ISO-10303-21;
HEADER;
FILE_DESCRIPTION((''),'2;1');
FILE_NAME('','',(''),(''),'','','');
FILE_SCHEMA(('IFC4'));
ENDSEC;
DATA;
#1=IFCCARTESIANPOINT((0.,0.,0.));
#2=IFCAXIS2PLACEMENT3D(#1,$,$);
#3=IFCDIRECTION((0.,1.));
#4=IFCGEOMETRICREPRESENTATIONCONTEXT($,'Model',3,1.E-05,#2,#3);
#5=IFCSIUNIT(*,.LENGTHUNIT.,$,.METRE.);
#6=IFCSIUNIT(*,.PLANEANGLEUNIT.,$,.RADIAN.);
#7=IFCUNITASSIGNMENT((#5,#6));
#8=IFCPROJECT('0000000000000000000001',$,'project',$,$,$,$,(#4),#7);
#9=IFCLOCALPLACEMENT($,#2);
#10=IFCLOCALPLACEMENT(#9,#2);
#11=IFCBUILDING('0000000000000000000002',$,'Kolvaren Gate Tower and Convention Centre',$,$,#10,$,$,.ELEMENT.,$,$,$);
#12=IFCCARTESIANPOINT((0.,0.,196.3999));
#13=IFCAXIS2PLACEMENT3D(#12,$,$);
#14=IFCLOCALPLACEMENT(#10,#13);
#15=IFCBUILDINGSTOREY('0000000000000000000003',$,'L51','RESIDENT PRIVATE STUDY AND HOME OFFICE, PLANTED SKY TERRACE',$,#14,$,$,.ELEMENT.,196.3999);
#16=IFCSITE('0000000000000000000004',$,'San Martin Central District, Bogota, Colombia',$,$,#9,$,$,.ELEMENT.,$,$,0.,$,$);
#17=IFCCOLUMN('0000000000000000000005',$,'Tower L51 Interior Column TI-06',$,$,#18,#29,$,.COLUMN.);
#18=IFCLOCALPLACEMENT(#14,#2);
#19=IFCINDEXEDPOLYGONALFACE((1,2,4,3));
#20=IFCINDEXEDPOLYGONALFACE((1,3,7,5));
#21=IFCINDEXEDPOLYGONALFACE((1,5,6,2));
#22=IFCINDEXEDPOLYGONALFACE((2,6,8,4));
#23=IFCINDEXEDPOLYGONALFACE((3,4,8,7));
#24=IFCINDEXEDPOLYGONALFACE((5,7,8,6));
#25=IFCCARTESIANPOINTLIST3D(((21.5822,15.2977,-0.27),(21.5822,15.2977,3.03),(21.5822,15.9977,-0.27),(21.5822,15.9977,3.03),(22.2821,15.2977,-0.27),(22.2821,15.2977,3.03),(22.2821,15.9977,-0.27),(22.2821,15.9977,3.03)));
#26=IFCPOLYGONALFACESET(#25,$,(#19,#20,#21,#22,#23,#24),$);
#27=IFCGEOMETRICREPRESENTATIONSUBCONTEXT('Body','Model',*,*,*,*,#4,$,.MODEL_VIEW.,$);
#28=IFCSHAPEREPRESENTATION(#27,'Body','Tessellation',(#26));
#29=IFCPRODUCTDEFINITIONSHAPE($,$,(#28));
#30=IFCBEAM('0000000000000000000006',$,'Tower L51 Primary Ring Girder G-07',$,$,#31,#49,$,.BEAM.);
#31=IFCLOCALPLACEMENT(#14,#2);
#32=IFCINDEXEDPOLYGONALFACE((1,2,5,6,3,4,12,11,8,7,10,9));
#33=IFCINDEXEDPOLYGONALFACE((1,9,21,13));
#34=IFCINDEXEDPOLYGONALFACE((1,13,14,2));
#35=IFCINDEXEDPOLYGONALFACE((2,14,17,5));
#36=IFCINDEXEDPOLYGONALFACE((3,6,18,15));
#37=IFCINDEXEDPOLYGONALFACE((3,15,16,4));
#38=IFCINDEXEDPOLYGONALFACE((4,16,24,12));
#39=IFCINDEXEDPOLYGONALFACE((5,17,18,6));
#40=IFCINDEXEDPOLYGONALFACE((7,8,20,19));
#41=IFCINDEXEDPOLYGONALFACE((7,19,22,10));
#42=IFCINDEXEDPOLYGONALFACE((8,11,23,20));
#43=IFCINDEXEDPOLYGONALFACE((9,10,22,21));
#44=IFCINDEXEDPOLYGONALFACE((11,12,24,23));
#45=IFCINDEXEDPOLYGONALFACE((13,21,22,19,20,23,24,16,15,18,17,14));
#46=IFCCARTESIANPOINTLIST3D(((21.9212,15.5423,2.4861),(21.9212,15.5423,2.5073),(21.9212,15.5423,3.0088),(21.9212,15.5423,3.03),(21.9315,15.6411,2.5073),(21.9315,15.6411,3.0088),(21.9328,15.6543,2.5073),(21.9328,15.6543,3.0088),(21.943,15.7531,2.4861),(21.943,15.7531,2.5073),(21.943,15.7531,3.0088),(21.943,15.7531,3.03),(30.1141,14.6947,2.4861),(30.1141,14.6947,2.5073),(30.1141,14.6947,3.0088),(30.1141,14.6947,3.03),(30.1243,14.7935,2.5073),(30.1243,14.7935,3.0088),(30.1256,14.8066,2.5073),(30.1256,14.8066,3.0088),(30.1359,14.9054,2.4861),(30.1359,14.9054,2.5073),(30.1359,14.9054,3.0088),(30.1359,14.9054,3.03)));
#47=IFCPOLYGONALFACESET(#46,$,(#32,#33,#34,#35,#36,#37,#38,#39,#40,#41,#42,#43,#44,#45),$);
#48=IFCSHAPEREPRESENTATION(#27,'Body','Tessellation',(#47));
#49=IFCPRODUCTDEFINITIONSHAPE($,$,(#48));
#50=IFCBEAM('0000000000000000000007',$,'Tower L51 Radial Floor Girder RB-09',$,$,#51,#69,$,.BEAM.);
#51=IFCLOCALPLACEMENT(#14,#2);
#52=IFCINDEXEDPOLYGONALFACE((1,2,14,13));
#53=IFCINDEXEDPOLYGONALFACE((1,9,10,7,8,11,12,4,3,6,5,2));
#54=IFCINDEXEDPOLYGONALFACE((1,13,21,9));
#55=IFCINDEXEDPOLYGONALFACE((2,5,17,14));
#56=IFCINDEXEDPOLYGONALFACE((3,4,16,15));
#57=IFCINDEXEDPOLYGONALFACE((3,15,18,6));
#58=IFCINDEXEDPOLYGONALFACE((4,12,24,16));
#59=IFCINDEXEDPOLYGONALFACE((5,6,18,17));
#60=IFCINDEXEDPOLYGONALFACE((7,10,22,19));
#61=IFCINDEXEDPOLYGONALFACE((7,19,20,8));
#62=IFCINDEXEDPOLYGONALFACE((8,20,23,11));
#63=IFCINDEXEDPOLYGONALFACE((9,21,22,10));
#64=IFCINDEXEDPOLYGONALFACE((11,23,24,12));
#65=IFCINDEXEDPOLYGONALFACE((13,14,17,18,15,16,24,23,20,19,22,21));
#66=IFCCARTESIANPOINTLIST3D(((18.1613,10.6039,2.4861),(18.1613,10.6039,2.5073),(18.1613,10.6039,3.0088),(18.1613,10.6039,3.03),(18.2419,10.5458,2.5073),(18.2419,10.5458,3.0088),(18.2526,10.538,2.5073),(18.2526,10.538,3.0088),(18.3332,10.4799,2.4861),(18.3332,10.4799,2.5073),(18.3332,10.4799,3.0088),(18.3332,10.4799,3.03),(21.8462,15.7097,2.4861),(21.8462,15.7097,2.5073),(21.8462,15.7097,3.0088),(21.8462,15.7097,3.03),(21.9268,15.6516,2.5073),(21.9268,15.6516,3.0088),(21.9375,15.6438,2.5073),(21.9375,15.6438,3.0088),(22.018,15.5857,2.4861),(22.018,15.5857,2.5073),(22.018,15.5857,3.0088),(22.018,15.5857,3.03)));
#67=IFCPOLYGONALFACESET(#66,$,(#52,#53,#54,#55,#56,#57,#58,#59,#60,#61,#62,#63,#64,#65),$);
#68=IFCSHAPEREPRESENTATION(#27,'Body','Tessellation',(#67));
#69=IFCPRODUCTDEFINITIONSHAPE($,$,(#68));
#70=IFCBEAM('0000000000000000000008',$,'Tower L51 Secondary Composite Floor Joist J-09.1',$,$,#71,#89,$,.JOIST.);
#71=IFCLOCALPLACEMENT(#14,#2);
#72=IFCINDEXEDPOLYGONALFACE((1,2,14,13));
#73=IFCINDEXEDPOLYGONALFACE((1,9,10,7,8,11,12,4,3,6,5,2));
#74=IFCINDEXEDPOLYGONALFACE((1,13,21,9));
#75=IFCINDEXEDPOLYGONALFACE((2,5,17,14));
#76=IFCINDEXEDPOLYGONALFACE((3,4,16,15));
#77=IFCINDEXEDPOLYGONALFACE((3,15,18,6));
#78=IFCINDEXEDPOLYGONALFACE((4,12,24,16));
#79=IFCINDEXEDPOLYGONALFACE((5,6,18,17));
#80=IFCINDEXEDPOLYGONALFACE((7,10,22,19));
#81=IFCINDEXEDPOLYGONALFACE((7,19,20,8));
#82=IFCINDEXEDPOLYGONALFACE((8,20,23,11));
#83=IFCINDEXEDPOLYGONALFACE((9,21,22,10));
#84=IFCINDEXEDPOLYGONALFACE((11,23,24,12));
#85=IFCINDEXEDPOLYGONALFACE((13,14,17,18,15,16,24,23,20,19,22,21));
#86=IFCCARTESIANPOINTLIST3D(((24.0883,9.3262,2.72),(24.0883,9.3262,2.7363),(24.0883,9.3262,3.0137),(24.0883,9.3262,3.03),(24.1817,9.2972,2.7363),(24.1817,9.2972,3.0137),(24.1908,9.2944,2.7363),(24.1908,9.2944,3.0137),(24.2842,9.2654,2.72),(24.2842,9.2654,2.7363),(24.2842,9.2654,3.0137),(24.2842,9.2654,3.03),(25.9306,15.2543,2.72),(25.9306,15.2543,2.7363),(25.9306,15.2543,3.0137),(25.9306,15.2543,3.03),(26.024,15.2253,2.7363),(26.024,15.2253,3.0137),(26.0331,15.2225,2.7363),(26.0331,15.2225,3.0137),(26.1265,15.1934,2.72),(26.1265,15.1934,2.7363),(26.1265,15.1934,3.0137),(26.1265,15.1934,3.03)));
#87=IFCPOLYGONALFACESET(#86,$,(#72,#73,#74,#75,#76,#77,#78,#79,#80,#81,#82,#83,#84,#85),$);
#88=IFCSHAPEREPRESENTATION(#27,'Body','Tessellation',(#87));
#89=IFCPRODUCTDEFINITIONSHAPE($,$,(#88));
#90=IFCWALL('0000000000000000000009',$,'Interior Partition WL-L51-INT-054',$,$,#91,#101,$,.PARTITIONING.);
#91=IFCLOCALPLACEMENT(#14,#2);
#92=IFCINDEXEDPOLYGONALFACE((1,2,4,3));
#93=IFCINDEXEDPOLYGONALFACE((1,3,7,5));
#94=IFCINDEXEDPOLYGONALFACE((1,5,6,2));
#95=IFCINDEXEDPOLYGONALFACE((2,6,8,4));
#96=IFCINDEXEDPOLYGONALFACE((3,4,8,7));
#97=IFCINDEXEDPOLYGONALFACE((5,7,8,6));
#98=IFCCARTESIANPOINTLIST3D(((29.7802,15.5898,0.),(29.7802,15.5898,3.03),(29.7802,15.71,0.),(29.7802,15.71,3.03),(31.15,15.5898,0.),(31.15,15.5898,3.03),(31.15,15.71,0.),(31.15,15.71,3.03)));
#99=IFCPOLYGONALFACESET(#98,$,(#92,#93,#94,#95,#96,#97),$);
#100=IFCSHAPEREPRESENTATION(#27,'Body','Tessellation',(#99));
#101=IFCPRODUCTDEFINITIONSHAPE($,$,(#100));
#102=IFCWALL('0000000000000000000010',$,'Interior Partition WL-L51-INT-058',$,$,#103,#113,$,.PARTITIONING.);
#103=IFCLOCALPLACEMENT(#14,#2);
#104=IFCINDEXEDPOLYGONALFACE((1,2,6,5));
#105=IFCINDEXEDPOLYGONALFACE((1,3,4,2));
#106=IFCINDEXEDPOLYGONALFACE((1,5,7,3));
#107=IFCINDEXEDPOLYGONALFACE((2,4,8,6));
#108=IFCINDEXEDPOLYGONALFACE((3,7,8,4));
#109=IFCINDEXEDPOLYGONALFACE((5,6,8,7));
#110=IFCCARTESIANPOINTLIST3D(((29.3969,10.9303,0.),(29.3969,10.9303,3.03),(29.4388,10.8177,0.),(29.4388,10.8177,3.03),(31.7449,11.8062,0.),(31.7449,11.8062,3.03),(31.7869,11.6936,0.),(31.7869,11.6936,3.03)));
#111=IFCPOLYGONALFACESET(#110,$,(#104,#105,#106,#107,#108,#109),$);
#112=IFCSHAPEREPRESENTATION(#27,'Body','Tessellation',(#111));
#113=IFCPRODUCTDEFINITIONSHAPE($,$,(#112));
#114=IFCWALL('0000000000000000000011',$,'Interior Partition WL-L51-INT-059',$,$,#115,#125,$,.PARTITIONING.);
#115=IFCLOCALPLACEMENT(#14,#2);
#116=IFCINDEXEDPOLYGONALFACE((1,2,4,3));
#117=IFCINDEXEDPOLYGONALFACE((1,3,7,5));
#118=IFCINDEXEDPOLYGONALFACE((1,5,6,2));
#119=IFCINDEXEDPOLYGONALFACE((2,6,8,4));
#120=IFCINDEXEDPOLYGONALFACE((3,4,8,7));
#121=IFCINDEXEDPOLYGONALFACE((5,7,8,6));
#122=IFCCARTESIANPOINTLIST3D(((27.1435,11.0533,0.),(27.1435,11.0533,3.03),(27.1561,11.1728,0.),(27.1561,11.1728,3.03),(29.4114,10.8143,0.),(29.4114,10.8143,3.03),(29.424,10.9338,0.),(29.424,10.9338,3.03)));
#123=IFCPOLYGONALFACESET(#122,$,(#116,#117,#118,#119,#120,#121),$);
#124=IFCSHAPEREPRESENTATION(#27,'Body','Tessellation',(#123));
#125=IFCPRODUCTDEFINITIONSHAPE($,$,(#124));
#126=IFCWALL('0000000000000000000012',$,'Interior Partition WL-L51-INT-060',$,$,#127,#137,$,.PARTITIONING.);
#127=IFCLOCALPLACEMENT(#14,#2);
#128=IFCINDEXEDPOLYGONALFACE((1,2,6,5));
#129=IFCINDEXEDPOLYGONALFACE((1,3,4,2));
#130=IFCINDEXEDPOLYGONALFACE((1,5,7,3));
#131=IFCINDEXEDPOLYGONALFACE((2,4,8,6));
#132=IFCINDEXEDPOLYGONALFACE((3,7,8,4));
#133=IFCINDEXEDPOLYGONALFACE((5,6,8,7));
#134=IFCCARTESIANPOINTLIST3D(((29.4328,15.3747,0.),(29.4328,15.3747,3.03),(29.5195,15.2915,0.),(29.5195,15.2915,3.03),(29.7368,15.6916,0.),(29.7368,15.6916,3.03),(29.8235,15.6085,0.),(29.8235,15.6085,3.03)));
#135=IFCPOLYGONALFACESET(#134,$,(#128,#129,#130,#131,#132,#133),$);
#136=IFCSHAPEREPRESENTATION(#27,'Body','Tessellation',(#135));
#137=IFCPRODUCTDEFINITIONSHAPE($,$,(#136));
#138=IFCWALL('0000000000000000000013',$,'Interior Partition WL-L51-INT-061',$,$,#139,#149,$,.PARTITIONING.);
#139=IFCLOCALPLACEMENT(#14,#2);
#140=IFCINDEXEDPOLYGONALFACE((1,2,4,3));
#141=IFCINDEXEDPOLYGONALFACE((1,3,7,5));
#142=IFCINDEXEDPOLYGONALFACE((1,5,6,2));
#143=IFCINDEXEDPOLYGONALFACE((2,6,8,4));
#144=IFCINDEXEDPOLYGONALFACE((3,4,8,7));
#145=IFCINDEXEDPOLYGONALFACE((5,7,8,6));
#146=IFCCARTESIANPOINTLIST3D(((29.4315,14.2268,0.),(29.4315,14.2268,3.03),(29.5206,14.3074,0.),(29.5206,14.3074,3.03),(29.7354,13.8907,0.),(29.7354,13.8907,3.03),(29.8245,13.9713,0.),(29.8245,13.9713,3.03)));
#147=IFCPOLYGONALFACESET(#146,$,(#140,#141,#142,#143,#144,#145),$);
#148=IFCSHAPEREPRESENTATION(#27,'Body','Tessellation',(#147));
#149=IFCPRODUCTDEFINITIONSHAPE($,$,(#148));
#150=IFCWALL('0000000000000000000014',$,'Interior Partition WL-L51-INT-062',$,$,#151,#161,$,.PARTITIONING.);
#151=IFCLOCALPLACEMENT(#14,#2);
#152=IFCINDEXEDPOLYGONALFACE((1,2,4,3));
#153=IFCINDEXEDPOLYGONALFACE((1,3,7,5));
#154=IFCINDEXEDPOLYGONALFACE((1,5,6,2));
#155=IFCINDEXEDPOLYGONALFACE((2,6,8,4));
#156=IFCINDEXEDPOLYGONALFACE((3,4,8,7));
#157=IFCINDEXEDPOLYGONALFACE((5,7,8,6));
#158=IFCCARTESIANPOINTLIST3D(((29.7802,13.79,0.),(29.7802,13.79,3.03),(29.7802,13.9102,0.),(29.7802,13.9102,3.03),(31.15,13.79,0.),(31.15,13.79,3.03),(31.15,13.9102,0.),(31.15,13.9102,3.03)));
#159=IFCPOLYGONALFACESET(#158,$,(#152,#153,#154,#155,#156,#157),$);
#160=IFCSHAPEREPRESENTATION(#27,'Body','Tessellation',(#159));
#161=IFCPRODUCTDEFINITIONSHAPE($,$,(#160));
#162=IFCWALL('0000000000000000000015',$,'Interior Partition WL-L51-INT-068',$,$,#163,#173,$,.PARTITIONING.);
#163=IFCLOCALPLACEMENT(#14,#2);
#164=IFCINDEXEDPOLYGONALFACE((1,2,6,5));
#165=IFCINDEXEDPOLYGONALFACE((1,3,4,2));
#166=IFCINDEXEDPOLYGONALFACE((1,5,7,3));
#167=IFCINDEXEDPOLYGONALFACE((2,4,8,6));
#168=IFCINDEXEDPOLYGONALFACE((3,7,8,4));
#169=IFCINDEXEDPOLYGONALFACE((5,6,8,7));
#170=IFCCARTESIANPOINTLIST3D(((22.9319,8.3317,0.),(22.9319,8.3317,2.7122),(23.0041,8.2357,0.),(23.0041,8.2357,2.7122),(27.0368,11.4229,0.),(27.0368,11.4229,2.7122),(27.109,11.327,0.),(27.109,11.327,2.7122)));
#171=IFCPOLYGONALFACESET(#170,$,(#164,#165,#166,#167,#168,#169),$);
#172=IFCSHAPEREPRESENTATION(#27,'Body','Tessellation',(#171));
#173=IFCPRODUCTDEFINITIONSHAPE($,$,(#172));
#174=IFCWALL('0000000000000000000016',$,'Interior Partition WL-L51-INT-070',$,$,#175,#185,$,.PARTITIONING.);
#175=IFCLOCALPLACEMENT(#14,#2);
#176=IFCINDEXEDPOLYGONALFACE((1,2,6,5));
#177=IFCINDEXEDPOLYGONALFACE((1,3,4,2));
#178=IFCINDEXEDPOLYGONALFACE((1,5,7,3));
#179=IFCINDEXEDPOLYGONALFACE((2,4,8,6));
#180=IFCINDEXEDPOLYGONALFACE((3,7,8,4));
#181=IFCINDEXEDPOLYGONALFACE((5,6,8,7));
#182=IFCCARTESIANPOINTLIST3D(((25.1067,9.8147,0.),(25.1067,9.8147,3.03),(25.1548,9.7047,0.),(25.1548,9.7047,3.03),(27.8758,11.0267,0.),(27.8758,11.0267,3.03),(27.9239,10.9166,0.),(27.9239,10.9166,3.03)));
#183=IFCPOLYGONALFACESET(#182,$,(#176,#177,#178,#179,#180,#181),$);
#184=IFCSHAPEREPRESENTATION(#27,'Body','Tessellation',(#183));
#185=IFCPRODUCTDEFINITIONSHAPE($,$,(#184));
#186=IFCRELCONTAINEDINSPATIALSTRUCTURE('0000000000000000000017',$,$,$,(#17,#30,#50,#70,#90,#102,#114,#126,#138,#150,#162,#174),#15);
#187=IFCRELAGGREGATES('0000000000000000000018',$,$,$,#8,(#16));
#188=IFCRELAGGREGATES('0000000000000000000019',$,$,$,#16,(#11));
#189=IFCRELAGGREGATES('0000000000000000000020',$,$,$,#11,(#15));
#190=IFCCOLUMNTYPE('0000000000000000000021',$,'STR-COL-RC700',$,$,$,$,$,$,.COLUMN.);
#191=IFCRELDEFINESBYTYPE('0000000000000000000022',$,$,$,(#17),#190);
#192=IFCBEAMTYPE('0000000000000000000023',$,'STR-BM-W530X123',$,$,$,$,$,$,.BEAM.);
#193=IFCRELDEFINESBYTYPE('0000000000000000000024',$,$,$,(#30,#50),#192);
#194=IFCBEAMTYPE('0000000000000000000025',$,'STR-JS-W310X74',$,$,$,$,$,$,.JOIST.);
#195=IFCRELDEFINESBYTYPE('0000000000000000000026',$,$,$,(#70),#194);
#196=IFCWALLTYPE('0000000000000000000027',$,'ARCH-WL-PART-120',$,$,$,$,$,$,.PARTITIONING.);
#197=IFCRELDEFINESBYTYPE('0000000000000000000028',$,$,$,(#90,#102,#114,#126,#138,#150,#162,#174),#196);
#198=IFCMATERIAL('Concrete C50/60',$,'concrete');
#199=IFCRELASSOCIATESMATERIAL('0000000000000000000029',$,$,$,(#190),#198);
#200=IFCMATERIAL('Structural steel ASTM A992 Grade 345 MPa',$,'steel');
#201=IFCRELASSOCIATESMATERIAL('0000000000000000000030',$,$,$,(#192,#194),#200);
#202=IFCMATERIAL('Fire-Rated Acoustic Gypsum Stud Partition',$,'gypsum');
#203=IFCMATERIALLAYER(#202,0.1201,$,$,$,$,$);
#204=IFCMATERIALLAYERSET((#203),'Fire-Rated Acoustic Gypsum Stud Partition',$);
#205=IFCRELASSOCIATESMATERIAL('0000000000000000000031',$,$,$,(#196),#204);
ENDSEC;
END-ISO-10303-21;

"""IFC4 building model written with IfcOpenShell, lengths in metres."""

from ifc_helpers import new_model, si_unit, direction, frame, frame_2d, origin, origin_2d, place, context, subcontext, project, spatial, rectangle, i_section, extrude, material, layer, layer_set, material_profile, profile_set, type_object, element, save


model = new_model("IFC4")

# Units and contexts
model_context = context("Model", 3, precision=1e-05, world=origin(), true_north=direction((0.0, 1.0)))
body_context = subcontext(model_context, "Body", "Model", "MODEL_VIEW")
ifc_project = project(units=[si_unit("LENGTHUNIT", "METRE"), si_unit("PLANEANGLEUNIT", "RADIAN")], contexts=[model_context])

# Site, building, storey
site_placement = place(None, origin())
site = spatial("IfcSite", under=ifc_project, at=site_placement, Name="San Martin Central District, Bogota, Colombia", CompositionType="ELEMENT", RefElevation=0.0)
building_placement = place(site_placement, origin())
building = spatial("IfcBuilding", under=site, at=building_placement, Name="Kolvaren Gate Tower and Convention Centre", CompositionType="ELEMENT")
storey_placement = place(building_placement, frame((0.0, 0.0, 196.3999)))
storey = spatial("IfcBuildingStorey", under=building, at=storey_placement, Name="L51", Description="RESIDENT PRIVATE STUDY AND HOME OFFICE, PLANTED SKY TERRACE", CompositionType="ELEMENT", Elevation=196.3999)

# Column
ifc_material_1 = material(Name="Concrete C50/60", Category="concrete")
ifc_material_profile_1 = material_profile(ifc_material_1, rectangle(XDim=0.7, YDim=0.7, at=origin_2d()), Name="RC-COL-700X700")
ifc_profile_set_1 = profile_set([ifc_material_profile_1], Name="Concrete C50/60")
column_type = type_object("IfcColumnType", Name="STR-COL-RC700", PredefinedType="COLUMN", material=ifc_profile_set_1)
column_placement = place(storey_placement, frame((21.9321, 15.6477, -0.27), z_axis=(0.0, 0.0, 1.0), x_axis=(1.0, 0.0, 0.0)))
element("IfcColumn", 1, at=column_placement, inside=storey, type_object=column_type, Name="Tower L51 Interior Column TI-06", PredefinedType="COLUMN", context=body_context, shape_type="SweptSolid", body=[
    extrude(rectangle(XDim=0.7, YDim=0.7, at=origin_2d()), origin(), (0.0, 0.0, 1.0), 3.3),
])

# Beams
ifc_material_2 = material(Name="Structural steel ASTM A992 Grade 345 MPa", Category="steel")
ifc_material_profile_2 = material_profile(ifc_material_2, i_section(OverallWidth=0.2119, OverallDepth=0.5439, WebThickness=0.0132, FlangeThickness=0.0212, at=origin_2d()), Name="W530X123")
ifc_profile_set_2 = profile_set([ifc_material_profile_2], Name="Structural steel ASTM A992 Grade 345 MPa")
beam_type_1 = type_object("IfcBeamType", Name="STR-BM-W530X123", PredefinedType="BEAM", material=ifc_profile_set_2)
beam_1_placement = place(storey_placement, frame((21.9321, 15.6477, 2.7581), z_axis=(0.99469, -0.102913, 0.0), x_axis=(0.102913, 0.99469, 0.0)))
element("IfcBeam", 2, at=beam_1_placement, inside=storey, type_object=beam_type_1, Name="Tower L51 Primary Ring Girder G-07", PredefinedType="BEAM", context=body_context, shape_type="SweptSolid", body=[
    extrude(i_section(OverallWidth=0.2119, OverallDepth=0.5439, WebThickness=0.0132, FlangeThickness=0.0212, at=origin_2d()), origin(), (0.0, 0.0, 1.0), 8.2366),
])
beam_2_placement = place(storey_placement, frame((21.9321, 15.6477, 2.7581), z_axis=(-0.585214, -0.810879, 0.0), x_axis=(0.810879, -0.585214, 0.0)))
element("IfcBeam", 3, at=beam_2_placement, inside=storey, type_object=beam_type_1, Name="Tower L51 Radial Floor Girder RB-09", PredefinedType="BEAM", context=body_context, shape_type="SweptSolid", body=[
    extrude(i_section(OverallWidth=0.2119, OverallDepth=0.5439, WebThickness=0.0132, FlangeThickness=0.0212, at=origin_2d()), origin(), (0.0, 0.0, 1.0), 6.2966),
])
ifc_material_profile_3 = material_profile(ifc_material_2, i_section(OverallWidth=0.2051, OverallDepth=0.3101, WebThickness=0.0095, FlangeThickness=0.0164, at=origin_2d()), Name="W310X74")
ifc_profile_set_3 = profile_set([ifc_material_profile_3], Name="Structural steel ASTM A992 Grade 345 MPa")
beam_type_2 = type_object("IfcBeamType", Name="STR-JS-W310X74", PredefinedType="JOIST", material=ifc_profile_set_3)
beam_3_placement = place(storey_placement, frame((26.0286, 15.2239, 2.875), z_axis=(-0.296776, -0.954947, 0.0), x_axis=(0.954947, -0.296776, 0.0)))
element("IfcBeam", 4, at=beam_3_placement, inside=storey, type_object=beam_type_2, Name="Tower L51 Secondary Composite Floor Joist J-09.1", PredefinedType="JOIST", context=body_context, shape_type="SweptSolid", body=[
    extrude(i_section(OverallWidth=0.2051, OverallDepth=0.3101, WebThickness=0.0095, FlangeThickness=0.0164, at=origin_2d()), origin(), (0.0, 0.0, 1.0), 6.2078),
])

# Walls
ifc_material_3 = material(Name="Fire-Rated Acoustic Gypsum Stud Partition", Category="gypsum")
ifc_layer_1 = layer(ifc_material_3, 0.1201)
ifc_layer_set_1 = layer_set([ifc_layer_1], Name="Fire-Rated Acoustic Gypsum Stud Partition")
wall_type_1 = type_object("IfcWallType", Name="ARCH-WL-PART-120", PredefinedType="PARTITIONING", material=ifc_layer_set_1)
wall_1_placement = place(storey_placement, frame((29.78, 15.6499, 0.0), z_axis=(0.0, 0.0, 1.0), x_axis=(1.0, 0.0, 0.0)))
element("IfcWall", 5, at=wall_1_placement, inside=storey, type_object=wall_type_1, Name="Interior Partition WL-L51-INT-054", PredefinedType="PARTITIONING", context=body_context, shape_type="SweptSolid", body=[
    extrude(rectangle(XDim=1.3699, YDim=0.1201, at=frame_2d((0.6851, 0.0))), origin(), (0.0, 0.0, 1.0), 3.03),
])
wall_2_placement = place(storey_placement, frame((29.418, 10.874, 0.0), z_axis=(0.0, 0.0, 1.0), x_axis=(0.936928, 0.349522, 0.0)))
element("IfcWall", 6, at=wall_2_placement, inside=storey, type_object=wall_type_1, Name="Interior Partition WL-L51-INT-058", PredefinedType="PARTITIONING", context=body_context, shape_type="SweptSolid", body=[
    extrude(rectangle(XDim=2.5061, YDim=0.1201, at=frame_2d((1.2529, 0.0))), origin(), (0.0, 0.0, 1.0), 3.03),
])
wall_3_placement = place(storey_placement, frame((27.1499, 11.113, 0.0), z_axis=(0.0, 0.0, 1.0), x_axis=(0.994493, -0.104802, 0.0)))
element("IfcWall", 7, at=wall_3_placement, inside=storey, type_object=wall_type_1, Name="Interior Partition WL-L51-INT-059", PredefinedType="PARTITIONING", context=body_context, shape_type="SweptSolid", body=[
    extrude(rectangle(XDim=2.2805, YDim=0.1201, at=frame_2d((1.1401, 0.0))), origin(), (0.0, 0.0, 1.0), 3.03),
])
wall_4_placement = place(storey_placement, frame((29.4761, 15.333, 0.0), z_axis=(0.0, 0.0, 1.0), x_axis=(0.692219, 0.721687, 0.0)))
element("IfcWall", 8, at=wall_4_placement, inside=storey, type_object=wall_type_1, Name="Interior Partition WL-L51-INT-060", PredefinedType="PARTITIONING", context=body_context, shape_type="SweptSolid", body=[
    extrude(rectangle(XDim=0.4392, YDim=0.1201, at=frame_2d((0.2197, 0.0))), origin(), (0.0, 0.0, 1.0), 3.03),
])
wall_5_placement = place(storey_placement, frame((29.4761, 14.2671, 0.0), z_axis=(0.0, 0.0, 1.0), x_axis=(0.670659, -0.741765, 0.0)))
element("IfcWall", 9, at=wall_5_placement, inside=storey, type_object=wall_type_1, Name="Interior Partition WL-L51-INT-061", PredefinedType="PARTITIONING", context=body_context, shape_type="SweptSolid", body=[
    extrude(rectangle(XDim=0.4531, YDim=0.1201, at=frame_2d((0.2266, 0.0))), origin(), (0.0, 0.0, 1.0), 3.03),
])
wall_6_placement = place(storey_placement, frame((29.78, 13.8501, 0.0), z_axis=(0.0, 0.0, 1.0), x_axis=(1.0, 0.0, 0.0)))
element("IfcWall", 10, at=wall_6_placement, inside=storey, type_object=wall_type_1, Name="Interior Partition WL-L51-INT-062", PredefinedType="PARTITIONING", context=body_context, shape_type="SweptSolid", body=[
    extrude(rectangle(XDim=1.3699, YDim=0.1201, at=frame_2d((0.6851, 0.0))), origin(), (0.0, 0.0, 1.0), 3.03),
])
wall_7_placement = place(storey_placement, frame((22.968, 8.2837, 0.0), z_axis=(0.0, 0.0, 1.0), x_axis=(0.798824, 0.601565, 0.0)))
element("IfcWall", 11, at=wall_7_placement, inside=storey, type_object=wall_type_1, Name="Interior Partition WL-L51-INT-068", PredefinedType="PARTITIONING", context=body_context, shape_type="SweptSolid", body=[
    extrude(rectangle(XDim=5.1387, YDim=0.1201, at=frame_2d((2.5693, 0.0))), origin(), (0.0, 0.0, 1.0), 2.7122),
])
wall_8_placement = place(storey_placement, frame((25.1309, 9.7598, 0.0), z_axis=(0.0, 0.0, 1.0), x_axis=(0.916102, 0.400946, 0.0)))
element("IfcWall", 12, at=wall_8_placement, inside=storey, type_object=wall_type_1, Name="Interior Partition WL-L51-INT-070", PredefinedType="PARTITIONING", context=body_context, shape_type="SweptSolid", body=[
    extrude(rectangle(XDim=3.0227, YDim=0.1201, at=frame_2d((1.5112, 0.0))), origin(), (0.0, 0.0, 1.0), 3.03),
])

save(model, "model.ifc")
